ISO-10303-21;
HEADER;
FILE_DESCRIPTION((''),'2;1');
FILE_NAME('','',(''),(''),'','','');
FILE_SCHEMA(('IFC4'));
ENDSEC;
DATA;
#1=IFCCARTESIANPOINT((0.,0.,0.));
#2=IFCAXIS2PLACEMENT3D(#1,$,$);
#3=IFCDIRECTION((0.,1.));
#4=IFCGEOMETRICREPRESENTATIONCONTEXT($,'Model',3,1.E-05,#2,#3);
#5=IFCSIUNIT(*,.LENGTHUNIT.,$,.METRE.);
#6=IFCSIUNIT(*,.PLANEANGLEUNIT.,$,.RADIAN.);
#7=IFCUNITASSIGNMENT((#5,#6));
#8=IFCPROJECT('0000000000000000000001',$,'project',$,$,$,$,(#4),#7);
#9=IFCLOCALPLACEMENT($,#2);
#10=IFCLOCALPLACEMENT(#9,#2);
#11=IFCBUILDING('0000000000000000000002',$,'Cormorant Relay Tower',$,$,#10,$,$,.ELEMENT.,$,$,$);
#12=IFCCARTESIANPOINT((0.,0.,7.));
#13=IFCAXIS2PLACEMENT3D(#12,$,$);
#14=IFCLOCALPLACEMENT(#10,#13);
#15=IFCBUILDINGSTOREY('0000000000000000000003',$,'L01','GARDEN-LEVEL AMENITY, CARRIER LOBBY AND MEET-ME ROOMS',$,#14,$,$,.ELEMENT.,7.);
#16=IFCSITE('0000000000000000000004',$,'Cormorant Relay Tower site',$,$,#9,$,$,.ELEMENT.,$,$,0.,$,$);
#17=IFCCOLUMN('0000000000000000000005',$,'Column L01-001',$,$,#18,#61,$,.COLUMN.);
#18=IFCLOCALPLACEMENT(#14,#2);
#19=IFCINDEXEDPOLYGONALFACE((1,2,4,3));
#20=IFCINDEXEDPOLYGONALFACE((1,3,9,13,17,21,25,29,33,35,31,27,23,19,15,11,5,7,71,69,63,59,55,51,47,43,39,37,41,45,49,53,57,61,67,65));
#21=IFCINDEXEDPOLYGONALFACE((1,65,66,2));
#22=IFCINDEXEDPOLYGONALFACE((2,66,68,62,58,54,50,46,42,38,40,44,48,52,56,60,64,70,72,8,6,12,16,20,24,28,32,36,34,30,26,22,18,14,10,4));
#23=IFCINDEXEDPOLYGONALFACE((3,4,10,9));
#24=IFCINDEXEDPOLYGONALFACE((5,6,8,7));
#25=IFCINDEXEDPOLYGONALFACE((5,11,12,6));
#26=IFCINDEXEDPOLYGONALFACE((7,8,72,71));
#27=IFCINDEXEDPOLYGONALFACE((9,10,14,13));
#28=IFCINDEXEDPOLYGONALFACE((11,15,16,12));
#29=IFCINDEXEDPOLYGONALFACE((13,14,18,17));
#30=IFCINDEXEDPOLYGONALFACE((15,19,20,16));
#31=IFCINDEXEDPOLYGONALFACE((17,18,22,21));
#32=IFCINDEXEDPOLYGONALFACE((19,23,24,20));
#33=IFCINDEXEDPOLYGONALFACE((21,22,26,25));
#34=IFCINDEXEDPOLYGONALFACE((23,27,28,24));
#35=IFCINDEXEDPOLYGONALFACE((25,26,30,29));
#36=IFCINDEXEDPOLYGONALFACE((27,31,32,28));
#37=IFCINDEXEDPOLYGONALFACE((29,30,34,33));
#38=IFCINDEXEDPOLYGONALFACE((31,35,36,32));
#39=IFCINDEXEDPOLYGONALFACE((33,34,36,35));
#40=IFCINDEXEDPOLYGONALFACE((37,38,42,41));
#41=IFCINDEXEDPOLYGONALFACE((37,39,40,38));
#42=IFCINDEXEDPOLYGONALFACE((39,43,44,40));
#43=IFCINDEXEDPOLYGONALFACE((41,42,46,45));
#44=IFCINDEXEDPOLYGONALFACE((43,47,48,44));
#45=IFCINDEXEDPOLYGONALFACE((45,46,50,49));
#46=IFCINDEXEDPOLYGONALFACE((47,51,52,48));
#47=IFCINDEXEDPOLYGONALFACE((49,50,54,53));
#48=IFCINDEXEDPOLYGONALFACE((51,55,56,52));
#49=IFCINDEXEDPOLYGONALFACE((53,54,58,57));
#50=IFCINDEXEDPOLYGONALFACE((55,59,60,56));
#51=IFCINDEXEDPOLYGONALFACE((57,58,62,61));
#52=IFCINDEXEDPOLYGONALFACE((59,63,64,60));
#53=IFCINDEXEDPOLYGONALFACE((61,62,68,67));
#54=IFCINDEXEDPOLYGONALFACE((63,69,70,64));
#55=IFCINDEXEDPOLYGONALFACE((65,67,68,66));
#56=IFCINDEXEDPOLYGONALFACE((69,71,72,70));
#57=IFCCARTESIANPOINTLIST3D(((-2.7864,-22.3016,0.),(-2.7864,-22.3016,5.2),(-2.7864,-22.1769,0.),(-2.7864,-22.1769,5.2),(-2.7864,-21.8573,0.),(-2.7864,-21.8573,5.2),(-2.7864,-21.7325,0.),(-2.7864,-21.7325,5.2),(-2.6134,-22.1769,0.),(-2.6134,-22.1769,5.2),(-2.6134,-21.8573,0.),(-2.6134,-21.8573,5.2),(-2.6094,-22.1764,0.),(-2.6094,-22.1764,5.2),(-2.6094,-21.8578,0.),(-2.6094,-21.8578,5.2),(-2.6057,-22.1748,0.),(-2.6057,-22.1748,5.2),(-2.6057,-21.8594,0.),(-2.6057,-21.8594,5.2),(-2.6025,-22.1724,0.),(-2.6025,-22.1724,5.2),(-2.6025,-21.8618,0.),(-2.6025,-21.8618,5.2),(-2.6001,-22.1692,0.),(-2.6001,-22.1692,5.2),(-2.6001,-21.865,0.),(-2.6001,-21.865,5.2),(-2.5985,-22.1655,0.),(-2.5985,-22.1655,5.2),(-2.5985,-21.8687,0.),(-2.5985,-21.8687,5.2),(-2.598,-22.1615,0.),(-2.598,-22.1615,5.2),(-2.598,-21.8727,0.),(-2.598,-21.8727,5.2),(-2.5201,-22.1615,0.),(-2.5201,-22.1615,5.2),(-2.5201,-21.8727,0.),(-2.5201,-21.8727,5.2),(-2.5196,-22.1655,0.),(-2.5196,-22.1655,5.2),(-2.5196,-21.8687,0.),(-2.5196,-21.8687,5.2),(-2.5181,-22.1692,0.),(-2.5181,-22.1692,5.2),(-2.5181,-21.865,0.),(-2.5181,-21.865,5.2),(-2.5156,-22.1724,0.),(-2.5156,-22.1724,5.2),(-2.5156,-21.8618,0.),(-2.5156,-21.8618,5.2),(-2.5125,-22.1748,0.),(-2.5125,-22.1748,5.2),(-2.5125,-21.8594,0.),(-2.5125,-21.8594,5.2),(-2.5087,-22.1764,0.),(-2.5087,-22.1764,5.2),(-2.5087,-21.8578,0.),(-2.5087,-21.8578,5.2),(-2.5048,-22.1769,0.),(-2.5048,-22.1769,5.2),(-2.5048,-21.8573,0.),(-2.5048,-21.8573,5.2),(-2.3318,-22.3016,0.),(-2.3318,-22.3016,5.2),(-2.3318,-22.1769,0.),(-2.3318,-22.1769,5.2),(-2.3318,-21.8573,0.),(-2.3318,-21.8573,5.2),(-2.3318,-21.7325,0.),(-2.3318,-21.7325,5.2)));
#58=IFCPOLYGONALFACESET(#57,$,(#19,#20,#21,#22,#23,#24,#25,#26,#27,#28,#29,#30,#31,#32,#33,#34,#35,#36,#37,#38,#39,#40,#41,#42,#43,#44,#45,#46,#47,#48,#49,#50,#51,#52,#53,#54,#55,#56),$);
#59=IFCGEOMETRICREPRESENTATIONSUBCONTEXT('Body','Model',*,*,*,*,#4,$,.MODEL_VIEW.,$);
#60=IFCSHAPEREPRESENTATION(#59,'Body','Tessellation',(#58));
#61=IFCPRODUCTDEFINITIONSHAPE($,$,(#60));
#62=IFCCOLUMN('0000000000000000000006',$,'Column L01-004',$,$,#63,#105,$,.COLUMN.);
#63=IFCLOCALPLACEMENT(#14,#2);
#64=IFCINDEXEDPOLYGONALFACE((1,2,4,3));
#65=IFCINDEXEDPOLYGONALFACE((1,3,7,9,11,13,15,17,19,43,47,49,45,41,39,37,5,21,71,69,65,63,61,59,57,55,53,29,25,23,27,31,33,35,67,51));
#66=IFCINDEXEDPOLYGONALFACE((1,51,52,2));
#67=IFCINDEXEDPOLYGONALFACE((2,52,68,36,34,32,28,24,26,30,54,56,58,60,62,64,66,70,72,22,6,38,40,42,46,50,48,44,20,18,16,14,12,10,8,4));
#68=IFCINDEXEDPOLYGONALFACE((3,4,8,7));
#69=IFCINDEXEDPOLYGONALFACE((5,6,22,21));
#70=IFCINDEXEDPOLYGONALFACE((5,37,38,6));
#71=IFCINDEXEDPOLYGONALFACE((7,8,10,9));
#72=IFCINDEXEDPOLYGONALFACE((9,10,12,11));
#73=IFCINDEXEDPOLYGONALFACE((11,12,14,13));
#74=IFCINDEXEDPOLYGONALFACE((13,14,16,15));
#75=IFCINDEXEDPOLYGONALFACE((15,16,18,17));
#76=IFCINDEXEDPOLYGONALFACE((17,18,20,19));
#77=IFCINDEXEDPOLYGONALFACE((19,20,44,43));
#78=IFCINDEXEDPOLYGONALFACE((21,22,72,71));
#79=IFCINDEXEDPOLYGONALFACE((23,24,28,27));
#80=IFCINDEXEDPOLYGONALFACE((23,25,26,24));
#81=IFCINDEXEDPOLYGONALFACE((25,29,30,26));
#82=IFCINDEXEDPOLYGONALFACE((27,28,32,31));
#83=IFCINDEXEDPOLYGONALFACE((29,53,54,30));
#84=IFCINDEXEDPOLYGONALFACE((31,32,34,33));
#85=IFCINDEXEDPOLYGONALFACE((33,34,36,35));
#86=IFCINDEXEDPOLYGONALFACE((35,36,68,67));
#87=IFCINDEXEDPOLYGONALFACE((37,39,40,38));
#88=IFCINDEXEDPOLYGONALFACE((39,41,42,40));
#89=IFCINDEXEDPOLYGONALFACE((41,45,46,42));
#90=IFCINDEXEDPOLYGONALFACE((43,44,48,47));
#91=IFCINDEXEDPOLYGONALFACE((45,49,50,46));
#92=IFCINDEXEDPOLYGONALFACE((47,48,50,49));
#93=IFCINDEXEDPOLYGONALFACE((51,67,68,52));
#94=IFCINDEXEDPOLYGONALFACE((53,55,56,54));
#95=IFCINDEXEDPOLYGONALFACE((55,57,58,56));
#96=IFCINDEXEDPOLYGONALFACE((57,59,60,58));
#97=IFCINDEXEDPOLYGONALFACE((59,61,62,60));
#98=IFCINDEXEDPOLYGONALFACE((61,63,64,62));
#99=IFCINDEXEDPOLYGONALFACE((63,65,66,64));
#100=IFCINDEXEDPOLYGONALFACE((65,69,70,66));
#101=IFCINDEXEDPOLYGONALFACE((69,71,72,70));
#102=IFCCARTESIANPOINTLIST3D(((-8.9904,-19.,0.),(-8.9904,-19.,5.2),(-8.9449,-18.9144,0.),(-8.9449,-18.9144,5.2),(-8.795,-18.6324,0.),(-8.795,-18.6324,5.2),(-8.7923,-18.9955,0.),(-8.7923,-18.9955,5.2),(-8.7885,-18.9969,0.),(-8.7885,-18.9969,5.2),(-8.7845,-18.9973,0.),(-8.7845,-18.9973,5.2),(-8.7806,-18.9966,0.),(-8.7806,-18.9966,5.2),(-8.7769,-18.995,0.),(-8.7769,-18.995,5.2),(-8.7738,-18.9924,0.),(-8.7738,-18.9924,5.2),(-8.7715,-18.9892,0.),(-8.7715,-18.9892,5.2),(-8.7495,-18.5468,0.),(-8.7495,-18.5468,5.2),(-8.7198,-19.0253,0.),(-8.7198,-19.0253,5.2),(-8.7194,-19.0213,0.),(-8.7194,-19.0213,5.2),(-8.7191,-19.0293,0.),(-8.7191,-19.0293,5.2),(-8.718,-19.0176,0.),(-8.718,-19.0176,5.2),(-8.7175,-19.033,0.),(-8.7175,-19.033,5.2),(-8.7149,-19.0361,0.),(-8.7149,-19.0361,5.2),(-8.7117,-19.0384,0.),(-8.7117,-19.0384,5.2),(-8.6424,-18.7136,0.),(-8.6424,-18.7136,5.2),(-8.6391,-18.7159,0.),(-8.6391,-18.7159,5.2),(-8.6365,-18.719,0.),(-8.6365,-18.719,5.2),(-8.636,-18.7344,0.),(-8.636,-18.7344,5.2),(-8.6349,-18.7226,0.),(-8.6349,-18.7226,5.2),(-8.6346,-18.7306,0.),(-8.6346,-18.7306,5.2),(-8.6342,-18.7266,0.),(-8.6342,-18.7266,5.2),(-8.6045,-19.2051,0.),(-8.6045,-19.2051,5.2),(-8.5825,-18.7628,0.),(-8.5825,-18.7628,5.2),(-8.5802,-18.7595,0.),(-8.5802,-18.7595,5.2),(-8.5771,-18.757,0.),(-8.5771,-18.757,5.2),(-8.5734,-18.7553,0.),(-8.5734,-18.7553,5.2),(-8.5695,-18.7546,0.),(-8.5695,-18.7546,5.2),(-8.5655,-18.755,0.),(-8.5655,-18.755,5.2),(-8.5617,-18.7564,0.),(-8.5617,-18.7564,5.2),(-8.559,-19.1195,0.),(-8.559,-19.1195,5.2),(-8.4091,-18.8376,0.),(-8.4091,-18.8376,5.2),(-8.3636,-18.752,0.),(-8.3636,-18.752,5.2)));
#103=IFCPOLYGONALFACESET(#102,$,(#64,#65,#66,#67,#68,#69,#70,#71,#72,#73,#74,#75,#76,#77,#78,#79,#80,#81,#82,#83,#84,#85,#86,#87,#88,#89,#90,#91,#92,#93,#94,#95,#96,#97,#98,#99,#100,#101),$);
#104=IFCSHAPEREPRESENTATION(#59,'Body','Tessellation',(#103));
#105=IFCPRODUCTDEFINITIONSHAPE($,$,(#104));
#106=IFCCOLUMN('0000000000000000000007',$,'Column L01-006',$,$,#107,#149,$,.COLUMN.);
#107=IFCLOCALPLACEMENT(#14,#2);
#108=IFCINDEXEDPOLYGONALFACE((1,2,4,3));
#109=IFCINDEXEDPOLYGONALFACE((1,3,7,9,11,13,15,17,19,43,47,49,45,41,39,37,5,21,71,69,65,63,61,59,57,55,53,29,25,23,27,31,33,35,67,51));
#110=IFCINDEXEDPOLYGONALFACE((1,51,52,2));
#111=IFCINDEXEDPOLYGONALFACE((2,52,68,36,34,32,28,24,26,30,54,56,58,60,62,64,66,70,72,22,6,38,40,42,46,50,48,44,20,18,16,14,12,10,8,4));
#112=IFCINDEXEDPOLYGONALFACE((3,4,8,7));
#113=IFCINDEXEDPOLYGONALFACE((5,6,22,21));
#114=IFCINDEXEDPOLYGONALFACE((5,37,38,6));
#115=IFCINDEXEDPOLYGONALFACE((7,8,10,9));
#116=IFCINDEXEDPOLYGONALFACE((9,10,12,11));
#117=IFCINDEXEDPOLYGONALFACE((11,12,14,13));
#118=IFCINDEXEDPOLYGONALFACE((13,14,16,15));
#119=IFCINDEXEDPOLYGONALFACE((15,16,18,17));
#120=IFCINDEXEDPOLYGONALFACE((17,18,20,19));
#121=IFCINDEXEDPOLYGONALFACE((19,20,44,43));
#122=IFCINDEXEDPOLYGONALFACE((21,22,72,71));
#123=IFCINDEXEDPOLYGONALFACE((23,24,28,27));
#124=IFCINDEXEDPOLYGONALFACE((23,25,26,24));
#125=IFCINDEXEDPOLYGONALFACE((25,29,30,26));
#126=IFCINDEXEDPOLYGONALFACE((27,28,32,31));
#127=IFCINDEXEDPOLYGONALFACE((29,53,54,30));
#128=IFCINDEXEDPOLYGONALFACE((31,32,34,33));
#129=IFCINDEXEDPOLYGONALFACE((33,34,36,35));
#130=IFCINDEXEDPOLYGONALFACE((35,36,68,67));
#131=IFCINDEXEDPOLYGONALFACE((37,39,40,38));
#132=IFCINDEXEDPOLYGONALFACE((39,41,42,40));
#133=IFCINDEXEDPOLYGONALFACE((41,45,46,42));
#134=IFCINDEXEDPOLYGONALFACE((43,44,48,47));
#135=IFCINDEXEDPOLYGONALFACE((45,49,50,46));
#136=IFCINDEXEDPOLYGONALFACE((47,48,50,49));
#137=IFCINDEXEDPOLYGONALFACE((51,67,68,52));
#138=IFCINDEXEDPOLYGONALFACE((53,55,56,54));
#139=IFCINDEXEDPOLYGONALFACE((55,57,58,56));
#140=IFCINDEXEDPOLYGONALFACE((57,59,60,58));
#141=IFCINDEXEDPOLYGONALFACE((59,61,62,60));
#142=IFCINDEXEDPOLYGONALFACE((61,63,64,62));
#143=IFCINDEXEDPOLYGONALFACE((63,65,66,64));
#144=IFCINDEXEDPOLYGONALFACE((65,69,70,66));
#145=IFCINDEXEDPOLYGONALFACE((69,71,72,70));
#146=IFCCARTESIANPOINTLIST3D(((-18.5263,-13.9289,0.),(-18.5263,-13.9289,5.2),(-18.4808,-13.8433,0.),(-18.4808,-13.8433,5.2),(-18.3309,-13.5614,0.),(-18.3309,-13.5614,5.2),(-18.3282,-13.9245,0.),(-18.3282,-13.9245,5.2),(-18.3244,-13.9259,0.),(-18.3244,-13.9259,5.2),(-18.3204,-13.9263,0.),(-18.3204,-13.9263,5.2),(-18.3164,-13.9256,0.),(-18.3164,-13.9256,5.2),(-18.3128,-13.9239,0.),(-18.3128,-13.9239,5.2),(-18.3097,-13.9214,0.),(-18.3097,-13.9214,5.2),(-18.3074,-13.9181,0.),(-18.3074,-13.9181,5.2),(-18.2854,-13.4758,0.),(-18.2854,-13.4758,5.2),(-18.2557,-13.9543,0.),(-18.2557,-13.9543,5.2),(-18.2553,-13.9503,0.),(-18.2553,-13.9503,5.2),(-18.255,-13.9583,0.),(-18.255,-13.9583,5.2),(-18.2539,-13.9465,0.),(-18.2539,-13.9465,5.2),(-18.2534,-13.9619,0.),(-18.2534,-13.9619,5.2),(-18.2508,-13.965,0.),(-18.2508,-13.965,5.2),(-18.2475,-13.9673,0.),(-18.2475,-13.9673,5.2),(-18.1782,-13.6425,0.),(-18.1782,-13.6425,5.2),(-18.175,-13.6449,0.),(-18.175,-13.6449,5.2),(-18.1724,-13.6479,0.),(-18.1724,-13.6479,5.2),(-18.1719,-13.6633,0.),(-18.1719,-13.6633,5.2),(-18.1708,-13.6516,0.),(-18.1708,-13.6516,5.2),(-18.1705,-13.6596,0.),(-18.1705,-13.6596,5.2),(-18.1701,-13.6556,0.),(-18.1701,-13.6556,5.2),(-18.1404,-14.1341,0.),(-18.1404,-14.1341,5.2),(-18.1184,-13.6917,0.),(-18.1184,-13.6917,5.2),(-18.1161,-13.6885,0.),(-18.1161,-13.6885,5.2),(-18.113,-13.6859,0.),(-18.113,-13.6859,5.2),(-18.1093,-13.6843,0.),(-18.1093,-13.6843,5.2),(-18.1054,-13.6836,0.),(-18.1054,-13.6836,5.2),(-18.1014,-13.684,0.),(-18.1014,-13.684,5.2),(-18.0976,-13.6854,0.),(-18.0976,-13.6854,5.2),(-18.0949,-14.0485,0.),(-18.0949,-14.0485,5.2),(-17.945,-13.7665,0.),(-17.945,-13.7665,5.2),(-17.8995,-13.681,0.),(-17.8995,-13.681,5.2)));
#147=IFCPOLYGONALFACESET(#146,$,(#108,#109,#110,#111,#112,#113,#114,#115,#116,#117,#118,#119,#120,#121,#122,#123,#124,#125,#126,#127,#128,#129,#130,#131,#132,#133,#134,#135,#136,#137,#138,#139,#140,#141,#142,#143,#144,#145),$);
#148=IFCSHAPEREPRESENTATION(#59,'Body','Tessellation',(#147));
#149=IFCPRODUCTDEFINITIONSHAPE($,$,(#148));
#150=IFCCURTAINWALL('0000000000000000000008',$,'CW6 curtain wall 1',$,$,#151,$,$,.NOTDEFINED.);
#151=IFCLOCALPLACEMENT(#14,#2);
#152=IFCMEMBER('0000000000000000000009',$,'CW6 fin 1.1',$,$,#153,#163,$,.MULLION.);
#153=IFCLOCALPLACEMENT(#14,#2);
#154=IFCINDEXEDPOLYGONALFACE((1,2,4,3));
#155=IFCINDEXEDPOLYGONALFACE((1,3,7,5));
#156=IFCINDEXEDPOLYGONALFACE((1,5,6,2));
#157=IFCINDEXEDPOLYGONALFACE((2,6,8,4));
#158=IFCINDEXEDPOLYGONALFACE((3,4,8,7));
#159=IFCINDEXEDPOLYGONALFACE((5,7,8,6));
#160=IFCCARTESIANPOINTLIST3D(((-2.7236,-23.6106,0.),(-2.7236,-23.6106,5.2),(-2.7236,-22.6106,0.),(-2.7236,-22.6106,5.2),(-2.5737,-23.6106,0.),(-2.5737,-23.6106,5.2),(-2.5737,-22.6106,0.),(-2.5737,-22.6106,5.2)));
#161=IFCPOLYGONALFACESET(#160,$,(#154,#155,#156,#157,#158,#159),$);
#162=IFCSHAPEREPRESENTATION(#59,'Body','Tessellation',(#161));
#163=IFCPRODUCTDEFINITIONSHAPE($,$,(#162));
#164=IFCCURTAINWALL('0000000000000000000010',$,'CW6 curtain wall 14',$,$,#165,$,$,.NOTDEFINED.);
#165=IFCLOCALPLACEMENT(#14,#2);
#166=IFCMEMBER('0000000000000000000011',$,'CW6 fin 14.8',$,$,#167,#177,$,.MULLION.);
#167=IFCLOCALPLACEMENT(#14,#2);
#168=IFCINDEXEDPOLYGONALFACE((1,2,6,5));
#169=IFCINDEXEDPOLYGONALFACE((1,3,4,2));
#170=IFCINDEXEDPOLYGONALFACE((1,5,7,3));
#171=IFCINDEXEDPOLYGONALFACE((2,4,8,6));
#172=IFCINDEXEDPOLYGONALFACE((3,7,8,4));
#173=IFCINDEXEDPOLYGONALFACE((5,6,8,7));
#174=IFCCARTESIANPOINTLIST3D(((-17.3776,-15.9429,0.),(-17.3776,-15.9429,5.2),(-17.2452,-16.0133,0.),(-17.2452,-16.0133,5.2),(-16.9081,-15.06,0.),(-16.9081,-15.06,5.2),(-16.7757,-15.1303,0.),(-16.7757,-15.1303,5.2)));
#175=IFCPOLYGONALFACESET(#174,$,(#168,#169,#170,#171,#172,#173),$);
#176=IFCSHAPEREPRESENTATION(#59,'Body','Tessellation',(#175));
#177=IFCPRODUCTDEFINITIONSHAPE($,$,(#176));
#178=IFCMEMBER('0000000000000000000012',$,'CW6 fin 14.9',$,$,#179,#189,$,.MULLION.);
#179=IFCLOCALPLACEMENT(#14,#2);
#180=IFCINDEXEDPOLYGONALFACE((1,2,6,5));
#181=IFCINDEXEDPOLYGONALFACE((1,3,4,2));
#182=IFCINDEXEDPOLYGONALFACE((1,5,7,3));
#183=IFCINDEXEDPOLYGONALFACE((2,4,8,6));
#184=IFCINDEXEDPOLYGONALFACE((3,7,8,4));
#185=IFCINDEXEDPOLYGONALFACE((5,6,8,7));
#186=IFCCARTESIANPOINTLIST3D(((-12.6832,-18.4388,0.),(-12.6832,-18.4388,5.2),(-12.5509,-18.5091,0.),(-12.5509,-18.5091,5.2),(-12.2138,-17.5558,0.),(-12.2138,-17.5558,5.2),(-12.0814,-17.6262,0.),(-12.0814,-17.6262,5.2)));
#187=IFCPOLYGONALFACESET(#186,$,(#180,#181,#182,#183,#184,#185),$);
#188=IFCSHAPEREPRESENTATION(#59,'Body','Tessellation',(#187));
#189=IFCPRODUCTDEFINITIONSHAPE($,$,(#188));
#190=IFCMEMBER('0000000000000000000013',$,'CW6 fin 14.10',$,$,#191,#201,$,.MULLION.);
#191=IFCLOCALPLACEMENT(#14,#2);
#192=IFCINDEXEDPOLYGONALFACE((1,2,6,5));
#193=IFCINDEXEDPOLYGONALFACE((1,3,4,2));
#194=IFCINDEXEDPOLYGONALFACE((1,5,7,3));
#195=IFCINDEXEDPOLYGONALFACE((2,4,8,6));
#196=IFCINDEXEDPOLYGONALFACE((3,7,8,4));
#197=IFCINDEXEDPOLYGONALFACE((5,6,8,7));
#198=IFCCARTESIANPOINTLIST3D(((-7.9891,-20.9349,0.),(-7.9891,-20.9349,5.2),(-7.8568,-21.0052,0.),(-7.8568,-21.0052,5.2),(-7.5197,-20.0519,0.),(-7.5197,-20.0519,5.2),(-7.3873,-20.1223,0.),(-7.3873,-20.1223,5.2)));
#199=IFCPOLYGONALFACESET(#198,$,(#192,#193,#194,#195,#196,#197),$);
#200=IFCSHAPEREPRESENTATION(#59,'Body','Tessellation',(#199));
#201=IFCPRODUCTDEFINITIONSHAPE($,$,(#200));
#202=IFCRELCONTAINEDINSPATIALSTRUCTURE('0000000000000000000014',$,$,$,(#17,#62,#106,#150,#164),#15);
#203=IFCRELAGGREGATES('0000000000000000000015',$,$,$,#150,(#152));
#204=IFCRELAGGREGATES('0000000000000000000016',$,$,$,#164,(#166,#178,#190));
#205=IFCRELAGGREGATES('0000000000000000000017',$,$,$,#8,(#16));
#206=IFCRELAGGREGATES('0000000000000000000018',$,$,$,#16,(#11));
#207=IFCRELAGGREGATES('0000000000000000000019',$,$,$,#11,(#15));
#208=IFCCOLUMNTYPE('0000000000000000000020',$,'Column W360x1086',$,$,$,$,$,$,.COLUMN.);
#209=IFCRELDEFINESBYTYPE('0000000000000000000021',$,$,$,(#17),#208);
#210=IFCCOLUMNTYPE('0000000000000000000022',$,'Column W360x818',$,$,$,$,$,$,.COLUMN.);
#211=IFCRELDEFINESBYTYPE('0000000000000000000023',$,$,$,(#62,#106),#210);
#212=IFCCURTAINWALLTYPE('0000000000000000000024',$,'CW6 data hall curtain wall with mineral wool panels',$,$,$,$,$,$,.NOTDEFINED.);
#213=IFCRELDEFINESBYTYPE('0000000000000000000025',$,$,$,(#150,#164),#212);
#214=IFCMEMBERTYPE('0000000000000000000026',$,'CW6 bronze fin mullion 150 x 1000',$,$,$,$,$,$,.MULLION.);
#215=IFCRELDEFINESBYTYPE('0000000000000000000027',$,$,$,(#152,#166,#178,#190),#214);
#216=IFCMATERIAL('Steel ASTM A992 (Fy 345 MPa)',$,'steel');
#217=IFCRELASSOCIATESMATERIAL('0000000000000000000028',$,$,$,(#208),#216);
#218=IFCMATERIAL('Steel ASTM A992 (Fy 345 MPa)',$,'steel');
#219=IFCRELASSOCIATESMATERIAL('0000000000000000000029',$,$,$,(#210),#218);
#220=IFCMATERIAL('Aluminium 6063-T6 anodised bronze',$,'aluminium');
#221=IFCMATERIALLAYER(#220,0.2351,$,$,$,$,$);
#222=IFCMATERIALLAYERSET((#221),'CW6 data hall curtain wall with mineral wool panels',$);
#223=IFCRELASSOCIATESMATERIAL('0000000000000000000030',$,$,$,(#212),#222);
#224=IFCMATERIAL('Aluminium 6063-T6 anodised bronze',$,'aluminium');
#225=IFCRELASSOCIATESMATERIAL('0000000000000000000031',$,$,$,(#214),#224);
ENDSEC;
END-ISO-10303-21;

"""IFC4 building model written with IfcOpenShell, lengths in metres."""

from ifc_helpers import new_model, si_unit, direction, frame, origin, origin_2d, place, context, subcontext, project, spatial, rectangle, i_section, extrude, material, layer, layer_set, material_profile, profile_set, type_object, element, aggregate, save


model = new_model("IFC4")

# Units and contexts
model_context = context("Model", 3, precision=1e-05, world=origin(), true_north=direction((0.0, 1.0)))
body_context = subcontext(model_context, "Body", "Model", "MODEL_VIEW")
ifc_project = project(units=[si_unit("LENGTHUNIT", "METRE"), si_unit("PLANEANGLEUNIT", "RADIAN")], contexts=[model_context])

# Site, building, storey
site_placement = place(None, origin())
site = spatial("IfcSite", under=ifc_project, at=site_placement, Name="Cormorant Relay Tower site", CompositionType="ELEMENT", RefElevation=0.0)
building_placement = place(site_placement, origin())
building = spatial("IfcBuilding", under=site, at=building_placement, Name="Cormorant Relay Tower", CompositionType="ELEMENT")
storey_placement = place(building_placement, frame((0.0, 0.0, 7.0)))
storey = spatial("IfcBuildingStorey", under=building, at=storey_placement, Name="L01", Description="GARDEN-LEVEL AMENITY, CARRIER LOBBY AND MEET-ME ROOMS", CompositionType="ELEMENT", Elevation=7.0)

# Columns
ifc_material_1 = material(Name="Steel ASTM A992 (Fy 345 MPa)", Category="steel")
ifc_material_profile_1 = material_profile(ifc_material_1, i_section(OverallWidth=0.4546, OverallDepth=0.5691, WebThickness=0.0779, FlangeThickness=0.1248, FilletRadius=0.0154, at=origin_2d()), Name="W360x1086")
ifc_profile_set_1 = profile_set([ifc_material_profile_1], Name="Steel ASTM A992 (Fy 345 MPa)")
column_type_1 = type_object("IfcColumnType", Name="Column W360x1086", PredefinedType="COLUMN", material=ifc_profile_set_1)
column_placement = place(storey_placement, frame((-2.5591, -22.0171, 0.0), z_axis=(0.0, 0.0, 1.0), x_axis=(1.0, 0.0, 0.0)))
element("IfcColumn", 1, at=column_placement, inside=storey, type_object=column_type_1, Name="Column L01-001", PredefinedType="COLUMN", context=body_context, shape_type="SweptSolid", body=[
    extrude(i_section(OverallWidth=0.4546, OverallDepth=0.5691, WebThickness=0.0779, FlangeThickness=0.1248, FilletRadius=0.0154, at=origin_2d()), origin(), (0.0, 0.0, 1.0), 5.2),
])
ifc_material_2 = material(Name="Steel ASTM A992 (Fy 345 MPa)", Category="steel")
ifc_material_profile_2 = material_profile(ifc_material_2, i_section(OverallWidth=0.437, OverallDepth=0.5132, WebThickness=0.0605, FlangeThickness=0.0969, FilletRadius=0.0154, at=origin_2d()), Name="W360x818")
ifc_profile_set_2 = profile_set([ifc_material_profile_2], Name="Steel ASTM A992 (Fy 345 MPa)")
column_type_2 = type_object("IfcColumnType", Name="Column W360x818", PredefinedType="COLUMN", material=ifc_profile_set_2)
for number, where, z_axis, x_axis, name in (
    (2, (-8.677, -18.876, 0.0), (0.0, 0.0, 1.0), (0.882948, -0.469472, 0.0), "Column L01-004"),
    (3, (-18.2129, -13.8049, 0.0), (0.0, 0.0, 1.0), (0.882948, -0.469472, 0.0), "Column L01-006"),
):
    element("IfcColumn", number, at=place(storey_placement, frame(where, z_axis=z_axis, x_axis=x_axis)), inside=storey, type_object=column_type_2, Name=name, PredefinedType="COLUMN", context=body_context, shape_type="SweptSolid", body=[
        extrude(i_section(OverallWidth=0.437, OverallDepth=0.5132, WebThickness=0.0605, FlangeThickness=0.0969, FilletRadius=0.0154, at=origin_2d()), origin(), (0.0, 0.0, 1.0), 5.2),
    ])

# Curtain wall, member
ifc_material_3 = material(Name="Aluminium 6063-T6 anodised bronze", Category="aluminium")
ifc_layer_1 = layer(ifc_material_3, 0.2351)
ifc_layer_set_1 = layer_set([ifc_layer_1], Name="CW6 data hall curtain wall with mineral wool panels")
curtain_wall_type = type_object("IfcCurtainWallType", Name="CW6 data hall curtain wall with mineral wool panels", PredefinedType="NOTDEFINED", material=ifc_layer_set_1)
curtain_wall_1_placement = place(storey_placement, origin())
curtain_wall_1 = element("IfcCurtainWall", 4, at=curtain_wall_1_placement, inside=storey, type_object=curtain_wall_type, Name="CW6 curtain wall 1", PredefinedType="NOTDEFINED")
ifc_material_4 = material(Name="Aluminium 6063-T6 anodised bronze", Category="aluminium")
ifc_material_profile_3 = material_profile(ifc_material_4, rectangle(XDim=0.1499, YDim=1.0, at=origin_2d()), Name="AL 150x1000")
ifc_profile_set_3 = profile_set([ifc_material_profile_3], Name="Aluminium 6063-T6 anodised bronze")
member_type_1 = type_object("IfcMemberType", Name="CW6 bronze fin mullion 150 x 1000", PredefinedType="MULLION", material=ifc_profile_set_3)
member_1_placement = place(storey_placement, frame((-2.6487, -23.1106, 0.0), z_axis=(0.0, 0.0, 1.0), x_axis=(1.0, 0.0, 0.0)))
member_1 = element("IfcMember", 5, at=member_1_placement, type_object=member_type_1, Name="CW6 fin 1.1", PredefinedType="MULLION", context=body_context, shape_type="SweptSolid", body=[
    extrude(rectangle(XDim=0.1499, YDim=1.0, at=origin_2d()), origin(), (0.0, 0.0, 1.0), 5.2),
])

# Curtain wall, members
curtain_wall_2_placement = place(storey_placement, origin())
curtain_wall_2 = element("IfcCurtainWall", 6, at=curtain_wall_2_placement, inside=storey, type_object=curtain_wall_type, Name="CW6 curtain wall 14", PredefinedType="NOTDEFINED")
member_2_placement = place(storey_placement, frame((-17.0767, -15.5366, 0.0), z_axis=(0.0, 0.0, 1.0), x_axis=(0.882948, -0.469472, 0.0)))
member_2 = element("IfcMember", 7, at=member_2_placement, type_object=member_type_1, Name="CW6 fin 14.8", PredefinedType="MULLION", context=body_context, shape_type="SweptSolid", body=[
    extrude(rectangle(XDim=0.1499, YDim=1.0, at=origin_2d()), origin(), (0.0, 0.0, 1.0), 5.2),
])
member_3_placement = place(storey_placement, frame((-12.3823, -18.0325, 0.0), z_axis=(0.0, 0.0, 1.0), x_axis=(0.882948, -0.469472, 0.0)))
member_3 = element("IfcMember", 8, at=member_3_placement, type_object=member_type_1, Name="CW6 fin 14.9", PredefinedType="MULLION", context=body_context, shape_type="SweptSolid", body=[
    extrude(rectangle(XDim=0.1499, YDim=1.0, at=origin_2d()), origin(), (0.0, 0.0, 1.0), 5.2),
])
member_4_placement = place(storey_placement, frame((-7.6882, -20.5286, 0.0), z_axis=(0.0, 0.0, 1.0), x_axis=(0.882948, -0.469472, 0.0)))
member_4 = element("IfcMember", 9, at=member_4_placement, type_object=member_type_1, Name="CW6 fin 14.10", PredefinedType="MULLION", context=body_context, shape_type="SweptSolid", body=[
    extrude(rectangle(XDim=0.1499, YDim=1.0, at=origin_2d()), origin(), (0.0, 0.0, 1.0), 5.2),
])

aggregate(curtain_wall_1, [member_1])
aggregate(curtain_wall_2, [member_2, member_3, member_4])

save(model, "model.ifc")
